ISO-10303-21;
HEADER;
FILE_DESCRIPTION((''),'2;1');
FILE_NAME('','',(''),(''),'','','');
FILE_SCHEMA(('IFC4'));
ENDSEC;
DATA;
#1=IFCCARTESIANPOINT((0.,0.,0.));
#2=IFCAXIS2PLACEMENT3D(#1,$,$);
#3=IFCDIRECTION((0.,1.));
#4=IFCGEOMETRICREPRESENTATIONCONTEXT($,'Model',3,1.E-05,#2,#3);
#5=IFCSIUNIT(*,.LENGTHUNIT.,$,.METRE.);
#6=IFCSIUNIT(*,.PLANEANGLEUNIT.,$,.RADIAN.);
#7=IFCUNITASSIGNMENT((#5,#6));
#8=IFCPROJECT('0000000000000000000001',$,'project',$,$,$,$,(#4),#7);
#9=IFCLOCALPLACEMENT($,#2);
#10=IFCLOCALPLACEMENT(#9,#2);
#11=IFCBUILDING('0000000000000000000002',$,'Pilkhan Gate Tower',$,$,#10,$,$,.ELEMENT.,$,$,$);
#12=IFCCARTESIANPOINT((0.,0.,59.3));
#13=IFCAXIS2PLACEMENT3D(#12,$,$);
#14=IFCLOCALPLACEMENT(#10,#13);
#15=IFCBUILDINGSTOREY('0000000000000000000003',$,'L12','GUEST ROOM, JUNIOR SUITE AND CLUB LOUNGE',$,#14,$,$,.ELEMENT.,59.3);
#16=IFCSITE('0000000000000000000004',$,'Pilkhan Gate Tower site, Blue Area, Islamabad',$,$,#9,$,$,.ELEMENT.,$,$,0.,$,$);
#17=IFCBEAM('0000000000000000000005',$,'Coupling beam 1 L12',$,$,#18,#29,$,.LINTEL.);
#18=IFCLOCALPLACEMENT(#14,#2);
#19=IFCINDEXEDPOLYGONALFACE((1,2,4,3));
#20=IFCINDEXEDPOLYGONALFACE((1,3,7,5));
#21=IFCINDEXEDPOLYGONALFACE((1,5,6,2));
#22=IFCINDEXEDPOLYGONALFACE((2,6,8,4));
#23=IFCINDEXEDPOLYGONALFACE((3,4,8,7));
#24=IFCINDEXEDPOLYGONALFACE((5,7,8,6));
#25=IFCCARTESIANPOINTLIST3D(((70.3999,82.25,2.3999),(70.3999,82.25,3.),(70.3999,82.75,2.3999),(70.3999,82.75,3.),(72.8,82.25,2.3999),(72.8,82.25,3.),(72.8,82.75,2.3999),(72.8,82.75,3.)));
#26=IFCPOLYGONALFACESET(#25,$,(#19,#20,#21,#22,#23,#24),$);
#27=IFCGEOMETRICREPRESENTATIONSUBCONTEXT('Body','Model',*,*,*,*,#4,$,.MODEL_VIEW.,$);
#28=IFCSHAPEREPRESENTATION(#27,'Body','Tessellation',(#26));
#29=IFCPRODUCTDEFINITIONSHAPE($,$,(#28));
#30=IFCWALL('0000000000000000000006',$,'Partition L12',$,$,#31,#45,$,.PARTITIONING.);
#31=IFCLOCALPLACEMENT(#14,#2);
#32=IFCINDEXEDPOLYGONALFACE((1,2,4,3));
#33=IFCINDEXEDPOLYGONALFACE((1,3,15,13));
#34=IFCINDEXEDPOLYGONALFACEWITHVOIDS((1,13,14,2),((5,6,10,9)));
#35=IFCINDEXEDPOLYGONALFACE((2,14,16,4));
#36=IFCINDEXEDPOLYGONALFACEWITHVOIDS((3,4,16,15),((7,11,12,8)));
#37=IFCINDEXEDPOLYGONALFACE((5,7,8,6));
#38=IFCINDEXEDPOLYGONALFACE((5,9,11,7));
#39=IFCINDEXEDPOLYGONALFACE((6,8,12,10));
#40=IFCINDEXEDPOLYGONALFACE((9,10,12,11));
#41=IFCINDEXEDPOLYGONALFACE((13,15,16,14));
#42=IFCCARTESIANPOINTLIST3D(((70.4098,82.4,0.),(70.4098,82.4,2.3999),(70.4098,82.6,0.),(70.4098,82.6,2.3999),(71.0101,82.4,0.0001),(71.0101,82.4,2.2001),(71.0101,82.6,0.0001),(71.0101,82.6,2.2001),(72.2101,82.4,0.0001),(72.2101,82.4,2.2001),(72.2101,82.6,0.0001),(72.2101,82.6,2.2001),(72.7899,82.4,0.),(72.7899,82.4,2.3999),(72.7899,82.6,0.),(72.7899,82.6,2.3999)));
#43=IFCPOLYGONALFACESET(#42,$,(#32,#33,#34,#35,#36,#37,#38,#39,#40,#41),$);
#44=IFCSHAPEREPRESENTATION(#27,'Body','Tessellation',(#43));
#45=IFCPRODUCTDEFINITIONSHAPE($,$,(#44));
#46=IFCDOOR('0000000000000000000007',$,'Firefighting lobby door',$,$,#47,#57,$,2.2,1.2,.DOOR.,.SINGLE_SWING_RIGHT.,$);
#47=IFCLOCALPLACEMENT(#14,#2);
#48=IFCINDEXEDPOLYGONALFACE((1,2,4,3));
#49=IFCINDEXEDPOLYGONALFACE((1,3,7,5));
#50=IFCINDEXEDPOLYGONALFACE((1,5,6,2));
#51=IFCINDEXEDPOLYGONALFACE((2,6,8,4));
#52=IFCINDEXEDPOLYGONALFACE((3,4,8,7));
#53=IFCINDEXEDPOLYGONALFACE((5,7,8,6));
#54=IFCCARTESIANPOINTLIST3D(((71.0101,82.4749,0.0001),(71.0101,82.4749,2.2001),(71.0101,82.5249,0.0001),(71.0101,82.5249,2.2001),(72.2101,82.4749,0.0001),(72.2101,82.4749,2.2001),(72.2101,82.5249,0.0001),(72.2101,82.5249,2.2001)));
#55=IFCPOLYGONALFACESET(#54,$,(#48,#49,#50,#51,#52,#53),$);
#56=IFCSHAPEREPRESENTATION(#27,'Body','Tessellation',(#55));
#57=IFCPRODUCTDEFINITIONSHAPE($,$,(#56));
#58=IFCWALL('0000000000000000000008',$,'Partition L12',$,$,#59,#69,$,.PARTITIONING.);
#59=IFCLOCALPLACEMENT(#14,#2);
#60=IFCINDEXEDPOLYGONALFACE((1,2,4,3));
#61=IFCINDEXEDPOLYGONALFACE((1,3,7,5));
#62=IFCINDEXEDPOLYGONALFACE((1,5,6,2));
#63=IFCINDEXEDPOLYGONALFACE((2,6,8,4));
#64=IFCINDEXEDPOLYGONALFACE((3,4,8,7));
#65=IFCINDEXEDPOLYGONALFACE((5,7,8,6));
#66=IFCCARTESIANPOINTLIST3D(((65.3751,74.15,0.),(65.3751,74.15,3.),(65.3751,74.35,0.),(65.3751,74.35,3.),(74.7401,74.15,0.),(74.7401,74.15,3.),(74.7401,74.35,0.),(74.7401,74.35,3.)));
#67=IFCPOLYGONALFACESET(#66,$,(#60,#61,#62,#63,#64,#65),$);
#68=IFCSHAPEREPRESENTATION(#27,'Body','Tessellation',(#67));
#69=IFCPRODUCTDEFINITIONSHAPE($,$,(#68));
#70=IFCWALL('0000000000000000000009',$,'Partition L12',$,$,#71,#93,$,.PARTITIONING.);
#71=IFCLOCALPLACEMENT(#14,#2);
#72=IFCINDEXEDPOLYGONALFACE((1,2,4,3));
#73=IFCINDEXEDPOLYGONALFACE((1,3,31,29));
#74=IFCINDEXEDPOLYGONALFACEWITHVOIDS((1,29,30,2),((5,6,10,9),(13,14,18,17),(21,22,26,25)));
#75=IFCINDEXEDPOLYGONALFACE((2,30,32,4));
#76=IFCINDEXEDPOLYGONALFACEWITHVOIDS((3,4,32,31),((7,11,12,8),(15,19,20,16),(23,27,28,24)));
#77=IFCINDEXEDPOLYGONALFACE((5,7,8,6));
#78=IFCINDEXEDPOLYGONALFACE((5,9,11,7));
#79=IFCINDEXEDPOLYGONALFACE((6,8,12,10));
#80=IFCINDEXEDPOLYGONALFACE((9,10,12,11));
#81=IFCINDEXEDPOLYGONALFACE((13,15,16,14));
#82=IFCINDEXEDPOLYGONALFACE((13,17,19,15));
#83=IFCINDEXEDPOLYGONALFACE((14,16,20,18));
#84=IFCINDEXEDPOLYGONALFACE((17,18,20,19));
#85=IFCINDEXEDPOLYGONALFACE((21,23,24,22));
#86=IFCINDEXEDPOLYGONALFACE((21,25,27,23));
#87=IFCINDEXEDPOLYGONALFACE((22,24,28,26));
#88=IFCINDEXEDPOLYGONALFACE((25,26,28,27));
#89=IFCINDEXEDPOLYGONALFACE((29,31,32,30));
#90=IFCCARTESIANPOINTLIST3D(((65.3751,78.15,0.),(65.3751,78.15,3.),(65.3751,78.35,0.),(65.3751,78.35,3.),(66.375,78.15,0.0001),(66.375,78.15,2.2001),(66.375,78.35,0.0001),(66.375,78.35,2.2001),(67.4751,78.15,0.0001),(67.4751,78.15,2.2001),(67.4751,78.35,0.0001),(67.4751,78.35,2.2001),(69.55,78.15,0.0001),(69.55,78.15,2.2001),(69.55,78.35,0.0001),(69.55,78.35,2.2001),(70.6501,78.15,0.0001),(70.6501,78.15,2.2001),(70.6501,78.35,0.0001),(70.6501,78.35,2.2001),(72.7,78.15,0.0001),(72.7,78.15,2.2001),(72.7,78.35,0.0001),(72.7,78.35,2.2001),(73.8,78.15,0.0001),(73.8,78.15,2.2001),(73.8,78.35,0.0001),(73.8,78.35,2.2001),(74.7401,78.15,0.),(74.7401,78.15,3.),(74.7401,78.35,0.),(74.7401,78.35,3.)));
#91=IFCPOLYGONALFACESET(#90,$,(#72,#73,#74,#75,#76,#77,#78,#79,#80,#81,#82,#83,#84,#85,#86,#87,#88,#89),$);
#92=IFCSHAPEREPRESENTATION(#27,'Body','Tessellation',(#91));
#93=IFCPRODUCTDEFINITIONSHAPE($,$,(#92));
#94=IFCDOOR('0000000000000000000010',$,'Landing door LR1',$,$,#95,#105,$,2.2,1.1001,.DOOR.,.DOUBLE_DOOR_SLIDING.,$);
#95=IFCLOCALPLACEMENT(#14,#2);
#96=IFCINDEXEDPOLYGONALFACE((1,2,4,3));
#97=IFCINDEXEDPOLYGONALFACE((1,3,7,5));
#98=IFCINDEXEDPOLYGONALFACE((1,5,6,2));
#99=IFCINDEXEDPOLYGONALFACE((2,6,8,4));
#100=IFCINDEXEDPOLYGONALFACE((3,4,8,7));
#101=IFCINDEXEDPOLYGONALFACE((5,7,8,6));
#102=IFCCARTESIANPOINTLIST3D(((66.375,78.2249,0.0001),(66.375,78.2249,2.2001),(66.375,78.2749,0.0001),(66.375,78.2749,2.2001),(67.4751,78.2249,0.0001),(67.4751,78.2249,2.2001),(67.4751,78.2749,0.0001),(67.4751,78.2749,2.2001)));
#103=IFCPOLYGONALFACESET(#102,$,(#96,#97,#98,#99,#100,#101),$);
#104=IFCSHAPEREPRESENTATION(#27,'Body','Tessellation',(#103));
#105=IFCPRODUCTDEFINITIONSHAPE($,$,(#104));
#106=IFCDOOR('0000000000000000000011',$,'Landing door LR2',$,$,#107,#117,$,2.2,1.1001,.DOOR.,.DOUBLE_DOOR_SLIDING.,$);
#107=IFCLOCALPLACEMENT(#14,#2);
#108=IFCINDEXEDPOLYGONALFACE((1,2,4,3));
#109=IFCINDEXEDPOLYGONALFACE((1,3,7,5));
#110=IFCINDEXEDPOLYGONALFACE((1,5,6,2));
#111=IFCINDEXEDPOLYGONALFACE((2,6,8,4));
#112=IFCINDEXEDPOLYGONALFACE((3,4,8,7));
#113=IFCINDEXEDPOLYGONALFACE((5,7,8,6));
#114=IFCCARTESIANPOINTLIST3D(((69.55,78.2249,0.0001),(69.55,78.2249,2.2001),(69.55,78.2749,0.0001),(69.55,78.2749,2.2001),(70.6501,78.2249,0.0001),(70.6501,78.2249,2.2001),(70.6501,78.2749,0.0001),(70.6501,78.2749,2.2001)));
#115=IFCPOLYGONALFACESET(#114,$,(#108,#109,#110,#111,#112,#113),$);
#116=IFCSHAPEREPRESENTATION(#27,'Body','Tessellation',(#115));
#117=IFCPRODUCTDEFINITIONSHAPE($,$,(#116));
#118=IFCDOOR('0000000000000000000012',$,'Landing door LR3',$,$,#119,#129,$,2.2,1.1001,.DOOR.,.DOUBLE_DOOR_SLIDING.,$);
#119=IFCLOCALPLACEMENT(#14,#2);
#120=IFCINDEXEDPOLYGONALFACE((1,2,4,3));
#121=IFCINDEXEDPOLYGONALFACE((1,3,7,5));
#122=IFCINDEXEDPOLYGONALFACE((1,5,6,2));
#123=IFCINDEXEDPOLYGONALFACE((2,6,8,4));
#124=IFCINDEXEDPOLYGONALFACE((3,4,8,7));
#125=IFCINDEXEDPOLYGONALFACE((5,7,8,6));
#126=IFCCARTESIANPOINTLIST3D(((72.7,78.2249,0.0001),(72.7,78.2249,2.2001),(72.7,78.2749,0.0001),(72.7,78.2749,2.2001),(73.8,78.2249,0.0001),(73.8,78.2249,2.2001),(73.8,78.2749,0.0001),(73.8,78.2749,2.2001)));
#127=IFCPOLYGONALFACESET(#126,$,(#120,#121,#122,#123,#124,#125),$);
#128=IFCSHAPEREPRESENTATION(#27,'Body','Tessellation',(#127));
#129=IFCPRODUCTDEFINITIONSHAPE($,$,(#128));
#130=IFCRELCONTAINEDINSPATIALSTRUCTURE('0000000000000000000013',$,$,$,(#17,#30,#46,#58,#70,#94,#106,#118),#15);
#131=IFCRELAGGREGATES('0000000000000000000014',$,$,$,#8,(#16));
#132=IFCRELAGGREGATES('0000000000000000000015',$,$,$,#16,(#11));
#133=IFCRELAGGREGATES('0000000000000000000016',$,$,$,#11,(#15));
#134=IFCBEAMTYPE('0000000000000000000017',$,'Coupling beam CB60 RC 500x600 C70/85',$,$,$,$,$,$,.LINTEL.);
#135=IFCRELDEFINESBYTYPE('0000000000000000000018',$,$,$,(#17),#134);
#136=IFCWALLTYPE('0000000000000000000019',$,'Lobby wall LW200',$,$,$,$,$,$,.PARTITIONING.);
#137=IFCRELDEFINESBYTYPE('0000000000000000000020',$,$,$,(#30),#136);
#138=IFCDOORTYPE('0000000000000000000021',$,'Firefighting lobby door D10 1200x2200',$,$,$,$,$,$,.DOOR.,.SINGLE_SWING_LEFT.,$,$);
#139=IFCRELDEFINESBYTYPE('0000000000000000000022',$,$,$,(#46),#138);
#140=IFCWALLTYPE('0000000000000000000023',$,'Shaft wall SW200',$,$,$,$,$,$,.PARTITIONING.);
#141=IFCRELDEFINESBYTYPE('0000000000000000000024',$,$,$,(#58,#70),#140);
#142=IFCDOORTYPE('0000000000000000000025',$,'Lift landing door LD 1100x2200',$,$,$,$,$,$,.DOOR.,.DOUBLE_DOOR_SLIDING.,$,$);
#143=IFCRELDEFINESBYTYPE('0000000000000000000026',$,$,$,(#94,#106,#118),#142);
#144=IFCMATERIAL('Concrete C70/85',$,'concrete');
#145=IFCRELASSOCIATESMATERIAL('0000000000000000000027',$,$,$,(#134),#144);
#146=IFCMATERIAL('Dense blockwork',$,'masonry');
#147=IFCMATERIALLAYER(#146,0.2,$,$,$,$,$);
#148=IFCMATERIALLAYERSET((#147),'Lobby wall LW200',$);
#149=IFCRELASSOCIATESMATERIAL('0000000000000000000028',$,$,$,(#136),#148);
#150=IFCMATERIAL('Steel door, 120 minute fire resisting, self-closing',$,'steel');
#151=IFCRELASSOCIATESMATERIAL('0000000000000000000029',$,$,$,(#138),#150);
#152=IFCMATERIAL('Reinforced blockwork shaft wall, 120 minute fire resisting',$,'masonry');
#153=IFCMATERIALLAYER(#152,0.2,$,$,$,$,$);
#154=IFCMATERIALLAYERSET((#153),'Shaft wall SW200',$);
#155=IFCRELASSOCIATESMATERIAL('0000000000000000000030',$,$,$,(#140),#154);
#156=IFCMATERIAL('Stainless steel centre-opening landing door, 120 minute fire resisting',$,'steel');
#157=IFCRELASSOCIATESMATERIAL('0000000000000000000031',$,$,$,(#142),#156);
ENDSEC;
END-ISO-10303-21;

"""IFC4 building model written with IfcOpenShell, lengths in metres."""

from ifc_helpers import new_model, si_unit, direction, frame, frame_2d, origin, origin_2d, place, context, subcontext, project, spatial, rectangle, extrude, material, layer, layer_set, material_profile, profile_set, type_object, element, fill, save


model = new_model("IFC4")

# Units and contexts
model_context = context("Model", 3, precision=1e-05, world=origin(), true_north=direction((0.0, 1.0)))
body_context = subcontext(model_context, "Body", "Model", "MODEL_VIEW")
ifc_project = project(units=[si_unit("LENGTHUNIT", "METRE"), si_unit("PLANEANGLEUNIT", "RADIAN")], contexts=[model_context])

# Site, building, storey
site_placement = place(None, origin())
site = spatial("IfcSite", under=ifc_project, at=site_placement, Name="Pilkhan Gate Tower site, Blue Area, Islamabad", CompositionType="ELEMENT", RefElevation=0.0)
building_placement = place(site_placement, origin())
building = spatial("IfcBuilding", under=site, at=building_placement, Name="Pilkhan Gate Tower", CompositionType="ELEMENT")
storey_placement = place(building_placement, frame((0.0, 0.0, 59.3)))
storey = spatial("IfcBuildingStorey", under=building, at=storey_placement, Name="L12", Description="GUEST ROOM, JUNIOR SUITE AND CLUB LOUNGE", CompositionType="ELEMENT", Elevation=59.3)

# Beam
ifc_material_1 = material(Name="Concrete C70/85", Category="concrete")
ifc_material_profile = material_profile(ifc_material_1, rectangle(XDim=0.5, YDim=0.6001, at=origin_2d()), Name="RC 500x600")
ifc_profile_set = profile_set([ifc_material_profile], Name="Concrete C70/85")
beam_type = type_object("IfcBeamType", Name="Coupling beam CB60 RC 500x600 C70/85", PredefinedType="LINTEL", material=ifc_profile_set)
beam_placement = place(storey_placement, frame((70.3999, 82.5, 2.7), z_axis=(1.0, 0.0, 0.0), x_axis=(0.0, 1.0, 0.0)))
element("IfcBeam", 1, at=beam_placement, inside=storey, type_object=beam_type, Name="Coupling beam 1 L12", PredefinedType="LINTEL", context=body_context, shape_type="SweptSolid", body=[
    extrude(rectangle(XDim=0.5, YDim=0.6001, at=origin_2d()), origin(), (0.0, 0.0, 1.0), 2.4001),
])

# Wall, opening, door
ifc_material_2 = material(Name="Dense blockwork", Category="masonry")
ifc_layer_1 = layer(ifc_material_2, 0.2)
ifc_layer_set_1 = layer_set([ifc_layer_1], Name="Lobby wall LW200")
wall_type_1 = type_object("IfcWallType", Name="Lobby wall LW200", PredefinedType="PARTITIONING", material=ifc_layer_set_1)
wall_1_placement = place(storey_placement, frame((70.4099, 82.5, 0.0), z_axis=(0.0, 0.0, 1.0), x_axis=(1.0, 0.0, 0.0)))
wall_1 = element("IfcWall", 2, at=wall_1_placement, inside=storey, type_object=wall_type_1, Name="Partition L12", PredefinedType="PARTITIONING", context=body_context, shape_type="SweptSolid", body=[
    extrude(rectangle(XDim=2.3801, YDim=0.2, at=frame_2d((1.1899, 0.0))), origin(), (0.0, 0.0, 1.0), 2.3999),
])
opening_1_placement = place(wall_1_placement, frame((0.6001, 0.0, 0.0)))
opening_1 = element("IfcOpeningElement", 3, at=opening_1_placement, cuts=wall_1, PredefinedType="OPENING", context=body_context, shape_type="SweptSolid", body=[
    extrude(rectangle(XDim=1.2, YDim=2.2, at=frame_2d((0.6001, 1.1001))), frame((0.0, 0.1099, 0.0), z_axis=(0.0, -1.0, 0.0), x_axis=(1.0, 0.0, 0.0)), (0.0, 0.0, 1.0), 0.22),
])
ifc_material_3 = material(Name="Steel door, 120 minute fire resisting, self-closing", Category="steel")
door_type_1 = type_object("IfcDoorType", Name="Firefighting lobby door D10 1200x2200", OperationType="SINGLE_SWING_LEFT", PredefinedType="DOOR", material=ifc_material_3)
door_1_placement = place(opening_1_placement, origin())
door_1 = element("IfcDoor", 4, at=door_1_placement, inside=storey, type_object=door_type_1, Name="Firefighting lobby door", OperationType="SINGLE_SWING_RIGHT", OverallHeight=2.2, OverallWidth=1.2, PredefinedType="DOOR", context=body_context, shape_type="SweptSolid", body=[
    extrude(rectangle(XDim=1.2, YDim=2.2, at=frame_2d((0.6001, 1.1001))), frame((0.0, 0.0249, 0.0), z_axis=(0.0, -1.0, 0.0), x_axis=(1.0, 0.0, 0.0)), (0.0, 0.0, 1.0), 0.05),
])
fill(opening_1, door_1)

# Wall
ifc_material_4 = material(Name="Reinforced blockwork shaft wall, 120 minute fire resisting", Category="masonry")
ifc_layer_2 = layer(ifc_material_4, 0.2)
ifc_layer_set_2 = layer_set([ifc_layer_2], Name="Shaft wall SW200")
wall_type_2 = type_object("IfcWallType", Name="Shaft wall SW200", PredefinedType="PARTITIONING", material=ifc_layer_set_2)
wall_2_placement = place(storey_placement, frame((65.375, 74.25, 0.0), z_axis=(0.0, 0.0, 1.0), x_axis=(1.0, 0.0, 0.0)))
element("IfcWall", 5, at=wall_2_placement, inside=storey, type_object=wall_type_2, Name="Partition L12", PredefinedType="PARTITIONING", context=body_context, shape_type="SweptSolid", body=[
    extrude(rectangle(XDim=9.365, YDim=0.2, at=frame_2d((4.6826, 0.0))), origin(), (0.0, 0.0, 1.0), 3.0),
])

# Wall, openings, doors
wall_3_placement = place(storey_placement, frame((65.375, 78.25, 0.0), z_axis=(0.0, 0.0, 1.0), x_axis=(1.0, 0.0, 0.0)))
wall_3 = element("IfcWall", 6, at=wall_3_placement, inside=storey, type_object=wall_type_2, Name="Partition L12", PredefinedType="PARTITIONING", context=body_context, shape_type="SweptSolid", body=[
    extrude(rectangle(XDim=9.365, YDim=0.2, at=frame_2d((4.6826, 0.0))), origin(), (0.0, 0.0, 1.0), 3.0),
])
opening_2_placement = place(wall_3_placement, frame((1.0, 0.0, 0.0)))
opening_2 = element("IfcOpeningElement", 7, at=opening_2_placement, cuts=wall_3, PredefinedType="OPENING", context=body_context, shape_type="SweptSolid", body=[
    extrude(rectangle(XDim=1.1001, YDim=2.2, at=frame_2d((0.55, 1.1001))), frame((0.0, 0.1099, 0.0), z_axis=(0.0, -1.0, 0.0), x_axis=(1.0, 0.0, 0.0)), (0.0, 0.0, 1.0), 0.22),
])
opening_3_placement = place(wall_3_placement, frame((4.175, 0.0, 0.0)))
opening_3 = element("IfcOpeningElement", 8, at=opening_3_placement, cuts=wall_3, PredefinedType="OPENING", context=body_context, shape_type="SweptSolid", body=[
    extrude(rectangle(XDim=1.1001, YDim=2.2, at=frame_2d((0.55, 1.1001))), frame((0.0, 0.1099, 0.0), z_axis=(0.0, -1.0, 0.0), x_axis=(1.0, 0.0, 0.0)), (0.0, 0.0, 1.0), 0.22),
])
opening_4_placement = place(wall_3_placement, frame((7.325, 0.0, 0.0)))
opening_4 = element("IfcOpeningElement", 9, at=opening_4_placement, cuts=wall_3, PredefinedType="OPENING", context=body_context, shape_type="SweptSolid", body=[
    extrude(rectangle(XDim=1.1001, YDim=2.2, at=frame_2d((0.55, 1.1001))), frame((0.0, 0.1099, 0.0), z_axis=(0.0, -1.0, 0.0), x_axis=(1.0, 0.0, 0.0)), (0.0, 0.0, 1.0), 0.22),
])
ifc_material_5 = material(Name="Stainless steel centre-opening landing door, 120 minute fire resisting", Category="steel")
door_type_2 = type_object("IfcDoorType", Name="Lift landing door LD 1100x2200", OperationType="DOUBLE_DOOR_SLIDING", PredefinedType="DOOR", material=ifc_material_5)
door_2_placement = place(opening_2_placement, origin())
door_2 = element("IfcDoor", 10, at=door_2_placement, inside=storey, type_object=door_type_2, Name="Landing door LR1", OperationType="DOUBLE_DOOR_SLIDING", OverallHeight=2.2, OverallWidth=1.1001, PredefinedType="DOOR", context=body_context, shape_type="SweptSolid", body=[
    extrude(rectangle(XDim=1.1001, YDim=2.2, at=frame_2d((0.55, 1.1001))), frame((0.0, 0.0249, 0.0), z_axis=(0.0, -1.0, 0.0), x_axis=(1.0, 0.0, 0.0)), (0.0, 0.0, 1.0), 0.05),
])
fill(opening_2, door_2)
door_3_placement = place(opening_3_placement, origin())
door_3 = element("IfcDoor", 11, at=door_3_placement, inside=storey, type_object=door_type_2, Name="Landing door LR2", OperationType="DOUBLE_DOOR_SLIDING", OverallHeight=2.2, OverallWidth=1.1001, PredefinedType="DOOR", context=body_context, shape_type="SweptSolid", body=[
    extrude(rectangle(XDim=1.1001, YDim=2.2, at=frame_2d((0.55, 1.1001))), frame((0.0, 0.0249, 0.0), z_axis=(0.0, -1.0, 0.0), x_axis=(1.0, 0.0, 0.0)), (0.0, 0.0, 1.0), 0.05),
])
fill(opening_3, door_3)
door_4_placement = place(opening_4_placement, origin())
door_4 = element("IfcDoor", 12, at=door_4_placement, inside=storey, type_object=door_type_2, Name="Landing door LR3", OperationType="DOUBLE_DOOR_SLIDING", OverallHeight=2.2, OverallWidth=1.1001, PredefinedType="DOOR", context=body_context, shape_type="SweptSolid", body=[
    extrude(rectangle(XDim=1.1001, YDim=2.2, at=frame_2d((0.55, 1.1001))), frame((0.0, 0.0249, 0.0), z_axis=(0.0, -1.0, 0.0), x_axis=(1.0, 0.0, 0.0)), (0.0, 0.0, 1.0), 0.05),
])
fill(opening_4, door_4)

save(model, "model.ifc")
